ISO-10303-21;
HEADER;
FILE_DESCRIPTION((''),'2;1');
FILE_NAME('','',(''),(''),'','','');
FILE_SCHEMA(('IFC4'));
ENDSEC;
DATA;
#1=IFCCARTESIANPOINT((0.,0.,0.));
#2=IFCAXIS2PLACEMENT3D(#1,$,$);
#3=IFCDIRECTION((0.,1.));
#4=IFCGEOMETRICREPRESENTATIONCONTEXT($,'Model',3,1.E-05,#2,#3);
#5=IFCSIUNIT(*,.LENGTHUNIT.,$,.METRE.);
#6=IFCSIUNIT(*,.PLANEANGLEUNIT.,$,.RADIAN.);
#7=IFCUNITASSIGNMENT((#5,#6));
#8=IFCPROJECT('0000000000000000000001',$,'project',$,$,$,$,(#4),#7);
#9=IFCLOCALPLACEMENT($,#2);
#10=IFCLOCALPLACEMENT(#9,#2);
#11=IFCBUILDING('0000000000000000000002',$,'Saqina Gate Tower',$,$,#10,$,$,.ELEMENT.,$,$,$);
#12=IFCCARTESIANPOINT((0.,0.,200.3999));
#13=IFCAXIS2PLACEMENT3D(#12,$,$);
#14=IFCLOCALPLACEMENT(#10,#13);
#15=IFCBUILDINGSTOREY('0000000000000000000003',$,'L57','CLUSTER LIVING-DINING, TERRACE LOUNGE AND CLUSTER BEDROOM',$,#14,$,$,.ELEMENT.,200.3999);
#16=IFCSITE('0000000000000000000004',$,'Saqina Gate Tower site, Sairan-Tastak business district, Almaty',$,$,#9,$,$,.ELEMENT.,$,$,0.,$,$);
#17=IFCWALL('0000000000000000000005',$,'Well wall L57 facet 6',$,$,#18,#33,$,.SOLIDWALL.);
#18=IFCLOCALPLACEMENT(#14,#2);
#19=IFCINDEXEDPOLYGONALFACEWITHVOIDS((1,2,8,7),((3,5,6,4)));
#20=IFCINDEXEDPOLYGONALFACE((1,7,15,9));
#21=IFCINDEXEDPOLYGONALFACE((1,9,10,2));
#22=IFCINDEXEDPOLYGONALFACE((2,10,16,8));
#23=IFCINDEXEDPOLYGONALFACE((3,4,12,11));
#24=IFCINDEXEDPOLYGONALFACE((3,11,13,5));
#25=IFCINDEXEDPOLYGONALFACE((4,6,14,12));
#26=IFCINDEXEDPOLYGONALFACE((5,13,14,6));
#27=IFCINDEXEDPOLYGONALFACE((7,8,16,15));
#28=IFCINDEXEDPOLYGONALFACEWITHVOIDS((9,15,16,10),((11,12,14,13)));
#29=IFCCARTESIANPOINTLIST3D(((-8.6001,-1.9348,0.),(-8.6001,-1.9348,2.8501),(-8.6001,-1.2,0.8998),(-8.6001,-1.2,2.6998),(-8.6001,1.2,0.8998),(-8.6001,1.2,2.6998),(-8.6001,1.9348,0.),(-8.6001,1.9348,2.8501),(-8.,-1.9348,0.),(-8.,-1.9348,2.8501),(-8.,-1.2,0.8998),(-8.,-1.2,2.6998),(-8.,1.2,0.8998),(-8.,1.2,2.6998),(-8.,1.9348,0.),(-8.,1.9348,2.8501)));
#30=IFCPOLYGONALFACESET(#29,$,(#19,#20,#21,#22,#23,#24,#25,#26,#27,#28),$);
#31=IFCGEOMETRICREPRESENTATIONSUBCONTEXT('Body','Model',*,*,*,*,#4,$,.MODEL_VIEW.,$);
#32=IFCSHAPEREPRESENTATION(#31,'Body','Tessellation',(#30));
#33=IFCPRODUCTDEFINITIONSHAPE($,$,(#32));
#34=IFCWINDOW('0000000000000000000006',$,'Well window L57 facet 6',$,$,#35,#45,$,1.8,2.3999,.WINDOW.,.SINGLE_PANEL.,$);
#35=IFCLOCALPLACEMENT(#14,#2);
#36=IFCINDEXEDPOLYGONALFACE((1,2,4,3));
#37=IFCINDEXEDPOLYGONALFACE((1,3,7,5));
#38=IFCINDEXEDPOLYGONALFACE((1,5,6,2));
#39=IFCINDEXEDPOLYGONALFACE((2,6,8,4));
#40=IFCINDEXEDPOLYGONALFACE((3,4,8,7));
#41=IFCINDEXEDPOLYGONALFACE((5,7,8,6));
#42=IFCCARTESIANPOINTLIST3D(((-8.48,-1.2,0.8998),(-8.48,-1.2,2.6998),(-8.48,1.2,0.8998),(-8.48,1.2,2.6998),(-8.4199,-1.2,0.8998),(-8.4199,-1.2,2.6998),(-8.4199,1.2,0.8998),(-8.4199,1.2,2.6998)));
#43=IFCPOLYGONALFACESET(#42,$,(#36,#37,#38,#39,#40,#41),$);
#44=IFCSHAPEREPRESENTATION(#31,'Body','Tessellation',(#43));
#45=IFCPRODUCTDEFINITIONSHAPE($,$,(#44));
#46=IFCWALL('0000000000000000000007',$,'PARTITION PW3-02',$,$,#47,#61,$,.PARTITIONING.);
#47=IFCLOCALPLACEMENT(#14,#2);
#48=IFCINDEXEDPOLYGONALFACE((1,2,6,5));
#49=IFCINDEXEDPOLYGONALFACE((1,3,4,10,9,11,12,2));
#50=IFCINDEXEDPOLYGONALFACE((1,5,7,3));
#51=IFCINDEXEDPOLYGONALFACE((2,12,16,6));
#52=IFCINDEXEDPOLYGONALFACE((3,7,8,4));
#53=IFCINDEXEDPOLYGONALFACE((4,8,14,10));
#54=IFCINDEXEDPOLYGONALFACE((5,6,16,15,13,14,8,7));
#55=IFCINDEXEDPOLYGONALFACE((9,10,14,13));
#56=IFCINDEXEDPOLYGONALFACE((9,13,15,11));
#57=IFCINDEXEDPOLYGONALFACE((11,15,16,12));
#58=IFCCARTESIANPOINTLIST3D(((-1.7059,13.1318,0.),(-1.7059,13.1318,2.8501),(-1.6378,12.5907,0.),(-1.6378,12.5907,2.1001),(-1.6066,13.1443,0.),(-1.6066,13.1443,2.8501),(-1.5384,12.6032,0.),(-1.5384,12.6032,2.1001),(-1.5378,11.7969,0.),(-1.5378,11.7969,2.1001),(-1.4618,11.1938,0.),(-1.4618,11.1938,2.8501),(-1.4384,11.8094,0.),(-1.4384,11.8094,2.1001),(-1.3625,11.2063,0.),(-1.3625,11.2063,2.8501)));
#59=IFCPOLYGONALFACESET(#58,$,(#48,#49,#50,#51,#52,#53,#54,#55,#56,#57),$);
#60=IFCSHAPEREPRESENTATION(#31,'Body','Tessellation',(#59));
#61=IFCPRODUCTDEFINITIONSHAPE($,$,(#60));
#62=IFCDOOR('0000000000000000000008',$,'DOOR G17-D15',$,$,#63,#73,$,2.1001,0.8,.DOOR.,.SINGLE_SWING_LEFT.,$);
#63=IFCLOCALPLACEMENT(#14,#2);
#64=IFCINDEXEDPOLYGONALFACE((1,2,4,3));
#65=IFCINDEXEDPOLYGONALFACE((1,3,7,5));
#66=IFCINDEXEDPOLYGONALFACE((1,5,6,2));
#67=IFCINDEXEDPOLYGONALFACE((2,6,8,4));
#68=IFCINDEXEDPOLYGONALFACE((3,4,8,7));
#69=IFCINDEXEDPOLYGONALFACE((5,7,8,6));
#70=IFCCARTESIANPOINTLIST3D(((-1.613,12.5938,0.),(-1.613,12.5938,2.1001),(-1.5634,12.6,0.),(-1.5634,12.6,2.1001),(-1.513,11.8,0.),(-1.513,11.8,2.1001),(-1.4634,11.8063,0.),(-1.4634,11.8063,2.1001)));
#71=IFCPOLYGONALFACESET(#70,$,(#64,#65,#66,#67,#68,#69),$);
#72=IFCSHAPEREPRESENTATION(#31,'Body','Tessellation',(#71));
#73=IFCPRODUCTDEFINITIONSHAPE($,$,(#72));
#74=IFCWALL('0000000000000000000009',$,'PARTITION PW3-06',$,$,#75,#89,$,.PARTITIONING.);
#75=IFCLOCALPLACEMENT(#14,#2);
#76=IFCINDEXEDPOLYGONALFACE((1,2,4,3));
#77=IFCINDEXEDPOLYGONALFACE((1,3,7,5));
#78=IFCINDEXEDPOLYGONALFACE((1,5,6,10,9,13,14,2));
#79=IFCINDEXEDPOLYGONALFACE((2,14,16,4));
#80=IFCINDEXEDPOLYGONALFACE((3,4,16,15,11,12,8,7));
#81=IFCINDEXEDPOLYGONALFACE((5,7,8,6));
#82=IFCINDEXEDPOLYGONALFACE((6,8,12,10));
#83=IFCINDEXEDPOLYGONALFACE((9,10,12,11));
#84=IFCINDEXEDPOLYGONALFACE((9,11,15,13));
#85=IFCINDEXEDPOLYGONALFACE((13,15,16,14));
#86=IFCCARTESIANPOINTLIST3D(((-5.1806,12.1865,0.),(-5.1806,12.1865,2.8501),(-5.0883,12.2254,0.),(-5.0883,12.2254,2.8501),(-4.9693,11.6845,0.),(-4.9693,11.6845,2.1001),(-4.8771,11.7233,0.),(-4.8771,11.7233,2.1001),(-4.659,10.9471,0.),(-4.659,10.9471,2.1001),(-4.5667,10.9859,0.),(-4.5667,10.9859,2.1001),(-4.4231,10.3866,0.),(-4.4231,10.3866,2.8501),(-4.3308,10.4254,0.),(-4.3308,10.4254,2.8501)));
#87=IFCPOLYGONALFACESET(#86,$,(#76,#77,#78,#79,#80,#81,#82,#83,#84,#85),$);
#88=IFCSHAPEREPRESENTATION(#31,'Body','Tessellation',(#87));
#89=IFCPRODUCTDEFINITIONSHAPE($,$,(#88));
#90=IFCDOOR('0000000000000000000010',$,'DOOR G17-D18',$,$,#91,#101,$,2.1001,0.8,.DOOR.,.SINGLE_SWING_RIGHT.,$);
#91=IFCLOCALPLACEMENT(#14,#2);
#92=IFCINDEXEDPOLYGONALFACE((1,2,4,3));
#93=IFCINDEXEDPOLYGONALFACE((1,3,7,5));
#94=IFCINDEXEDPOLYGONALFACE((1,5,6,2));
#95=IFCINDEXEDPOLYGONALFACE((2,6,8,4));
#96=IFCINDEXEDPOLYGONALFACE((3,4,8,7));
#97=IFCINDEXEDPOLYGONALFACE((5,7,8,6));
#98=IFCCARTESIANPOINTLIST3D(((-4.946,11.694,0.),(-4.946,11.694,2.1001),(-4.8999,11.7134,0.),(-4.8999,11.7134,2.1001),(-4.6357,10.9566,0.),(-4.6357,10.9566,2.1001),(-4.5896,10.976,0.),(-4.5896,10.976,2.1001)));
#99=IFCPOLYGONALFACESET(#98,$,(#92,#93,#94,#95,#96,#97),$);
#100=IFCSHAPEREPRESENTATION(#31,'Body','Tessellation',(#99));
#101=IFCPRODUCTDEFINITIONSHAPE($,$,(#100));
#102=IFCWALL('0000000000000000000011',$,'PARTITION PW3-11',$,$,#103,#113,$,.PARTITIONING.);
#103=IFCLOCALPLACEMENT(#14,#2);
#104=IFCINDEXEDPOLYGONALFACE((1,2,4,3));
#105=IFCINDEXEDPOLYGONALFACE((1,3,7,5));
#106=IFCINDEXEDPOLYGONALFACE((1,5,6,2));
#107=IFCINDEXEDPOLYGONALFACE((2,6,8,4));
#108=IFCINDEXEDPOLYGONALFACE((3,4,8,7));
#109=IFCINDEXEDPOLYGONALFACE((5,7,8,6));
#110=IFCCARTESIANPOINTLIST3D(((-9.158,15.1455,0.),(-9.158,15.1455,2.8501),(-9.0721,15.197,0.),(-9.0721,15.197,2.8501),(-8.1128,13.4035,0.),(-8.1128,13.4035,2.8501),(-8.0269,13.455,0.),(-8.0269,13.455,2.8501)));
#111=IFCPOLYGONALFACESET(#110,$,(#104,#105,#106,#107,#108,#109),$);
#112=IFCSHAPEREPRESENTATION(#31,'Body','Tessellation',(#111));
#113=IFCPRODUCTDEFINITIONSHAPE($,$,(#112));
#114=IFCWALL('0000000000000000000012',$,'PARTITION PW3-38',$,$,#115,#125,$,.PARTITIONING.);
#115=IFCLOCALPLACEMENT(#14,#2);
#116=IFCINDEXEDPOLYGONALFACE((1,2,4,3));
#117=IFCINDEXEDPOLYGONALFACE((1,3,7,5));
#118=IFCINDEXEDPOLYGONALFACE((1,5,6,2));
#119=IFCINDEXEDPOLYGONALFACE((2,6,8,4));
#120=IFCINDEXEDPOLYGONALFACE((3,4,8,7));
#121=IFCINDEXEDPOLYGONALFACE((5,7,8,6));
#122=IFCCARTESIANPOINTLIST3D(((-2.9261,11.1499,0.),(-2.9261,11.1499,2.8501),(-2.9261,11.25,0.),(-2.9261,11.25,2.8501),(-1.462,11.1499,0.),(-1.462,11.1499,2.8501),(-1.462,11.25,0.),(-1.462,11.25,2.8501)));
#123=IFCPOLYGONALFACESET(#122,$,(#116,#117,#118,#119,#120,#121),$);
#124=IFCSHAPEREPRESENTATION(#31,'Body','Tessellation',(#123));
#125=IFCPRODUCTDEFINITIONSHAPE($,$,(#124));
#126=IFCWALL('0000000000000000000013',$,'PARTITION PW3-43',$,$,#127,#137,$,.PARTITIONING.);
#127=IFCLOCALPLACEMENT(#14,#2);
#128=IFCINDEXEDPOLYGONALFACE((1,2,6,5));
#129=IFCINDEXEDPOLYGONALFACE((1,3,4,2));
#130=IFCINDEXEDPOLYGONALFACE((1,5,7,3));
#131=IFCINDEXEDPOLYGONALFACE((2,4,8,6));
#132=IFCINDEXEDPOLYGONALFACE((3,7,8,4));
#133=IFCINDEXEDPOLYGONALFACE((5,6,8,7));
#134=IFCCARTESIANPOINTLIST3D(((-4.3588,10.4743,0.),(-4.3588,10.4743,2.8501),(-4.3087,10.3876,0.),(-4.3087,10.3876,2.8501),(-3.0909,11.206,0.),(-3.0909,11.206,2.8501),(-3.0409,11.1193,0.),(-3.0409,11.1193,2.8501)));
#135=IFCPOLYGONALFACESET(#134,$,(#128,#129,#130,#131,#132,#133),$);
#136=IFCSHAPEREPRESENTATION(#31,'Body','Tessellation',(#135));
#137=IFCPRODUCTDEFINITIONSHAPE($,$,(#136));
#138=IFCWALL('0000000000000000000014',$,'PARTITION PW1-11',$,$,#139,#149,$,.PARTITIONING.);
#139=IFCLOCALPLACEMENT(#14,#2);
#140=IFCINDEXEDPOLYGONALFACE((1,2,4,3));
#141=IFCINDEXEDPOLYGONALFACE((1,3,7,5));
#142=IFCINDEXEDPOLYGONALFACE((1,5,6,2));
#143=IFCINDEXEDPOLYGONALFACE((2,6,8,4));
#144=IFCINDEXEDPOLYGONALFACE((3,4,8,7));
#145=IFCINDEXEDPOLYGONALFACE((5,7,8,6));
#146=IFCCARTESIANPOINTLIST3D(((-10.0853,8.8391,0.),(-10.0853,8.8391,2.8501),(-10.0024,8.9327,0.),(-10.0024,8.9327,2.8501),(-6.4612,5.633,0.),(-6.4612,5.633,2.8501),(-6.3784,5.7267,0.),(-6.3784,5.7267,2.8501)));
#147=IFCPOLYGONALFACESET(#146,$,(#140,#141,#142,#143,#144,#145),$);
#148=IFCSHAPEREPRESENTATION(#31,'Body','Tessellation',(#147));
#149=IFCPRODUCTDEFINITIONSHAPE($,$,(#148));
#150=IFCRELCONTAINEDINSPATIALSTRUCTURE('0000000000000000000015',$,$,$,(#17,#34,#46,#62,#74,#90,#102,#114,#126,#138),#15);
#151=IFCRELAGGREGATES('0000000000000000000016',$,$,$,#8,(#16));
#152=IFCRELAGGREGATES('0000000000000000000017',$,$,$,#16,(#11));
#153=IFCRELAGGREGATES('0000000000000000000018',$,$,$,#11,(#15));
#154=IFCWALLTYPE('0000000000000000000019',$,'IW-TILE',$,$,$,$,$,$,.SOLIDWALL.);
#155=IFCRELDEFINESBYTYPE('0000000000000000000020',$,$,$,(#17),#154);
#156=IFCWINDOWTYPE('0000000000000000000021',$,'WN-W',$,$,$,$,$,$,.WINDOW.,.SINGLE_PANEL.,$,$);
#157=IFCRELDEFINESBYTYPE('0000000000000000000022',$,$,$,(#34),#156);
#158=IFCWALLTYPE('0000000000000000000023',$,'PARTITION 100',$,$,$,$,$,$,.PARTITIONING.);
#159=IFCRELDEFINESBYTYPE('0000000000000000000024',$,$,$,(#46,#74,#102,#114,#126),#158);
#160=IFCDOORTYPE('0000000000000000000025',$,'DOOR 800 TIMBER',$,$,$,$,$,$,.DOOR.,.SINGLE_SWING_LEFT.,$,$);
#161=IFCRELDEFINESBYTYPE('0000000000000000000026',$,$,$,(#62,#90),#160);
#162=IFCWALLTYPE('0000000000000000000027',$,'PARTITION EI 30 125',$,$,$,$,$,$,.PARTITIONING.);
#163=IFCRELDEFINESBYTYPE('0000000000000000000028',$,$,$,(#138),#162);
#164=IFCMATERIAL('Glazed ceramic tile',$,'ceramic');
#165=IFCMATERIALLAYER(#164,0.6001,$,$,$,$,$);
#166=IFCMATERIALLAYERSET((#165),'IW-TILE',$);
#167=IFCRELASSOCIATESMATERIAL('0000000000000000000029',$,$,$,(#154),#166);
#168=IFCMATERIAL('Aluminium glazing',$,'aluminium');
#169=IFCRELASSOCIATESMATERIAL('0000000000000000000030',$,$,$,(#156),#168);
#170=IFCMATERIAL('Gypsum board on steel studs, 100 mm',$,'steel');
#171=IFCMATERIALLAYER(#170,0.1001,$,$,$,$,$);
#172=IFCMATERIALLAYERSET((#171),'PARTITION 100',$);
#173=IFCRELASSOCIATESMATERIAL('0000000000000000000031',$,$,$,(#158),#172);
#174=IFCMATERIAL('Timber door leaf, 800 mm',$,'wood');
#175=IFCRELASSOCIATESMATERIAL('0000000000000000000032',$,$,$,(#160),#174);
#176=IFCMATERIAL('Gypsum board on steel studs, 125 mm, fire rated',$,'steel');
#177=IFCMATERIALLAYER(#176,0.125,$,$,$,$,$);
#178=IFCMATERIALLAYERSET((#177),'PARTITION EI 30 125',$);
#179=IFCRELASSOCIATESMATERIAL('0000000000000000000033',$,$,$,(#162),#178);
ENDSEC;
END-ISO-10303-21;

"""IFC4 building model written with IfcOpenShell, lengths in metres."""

from ifc_helpers import new_model, si_unit, direction, frame, frame_2d, origin, place, context, subcontext, project, spatial, rectangle, extrude, material, layer, layer_set, type_object, element, fill, save


model = new_model("IFC4")

# Units and contexts
model_context = context("Model", 3, precision=1e-05, world=origin(), true_north=direction((0.0, 1.0)))
body_context = subcontext(model_context, "Body", "Model", "MODEL_VIEW")
ifc_project = project(units=[si_unit("LENGTHUNIT", "METRE"), si_unit("PLANEANGLEUNIT", "RADIAN")], contexts=[model_context])

# Site, building, storey
site_placement = place(None, origin())
site = spatial("IfcSite", under=ifc_project, at=site_placement, Name="Saqina Gate Tower site, Sairan-Tastak business district, Almaty", CompositionType="ELEMENT", RefElevation=0.0)
building_placement = place(site_placement, origin())
building = spatial("IfcBuilding", under=site, at=building_placement, Name="Saqina Gate Tower", CompositionType="ELEMENT")
storey_placement = place(building_placement, frame((0.0, 0.0, 200.3999)))
storey = spatial("IfcBuildingStorey", under=building, at=storey_placement, Name="L57", Description="CLUSTER LIVING-DINING, TERRACE LOUNGE AND CLUSTER BEDROOM", CompositionType="ELEMENT", Elevation=200.3999)

# Wall, opening, window
ifc_material_1 = material(Name="Glazed ceramic tile", Category="ceramic")
ifc_layer_1 = layer(ifc_material_1, 0.6001)
ifc_layer_set_1 = layer_set([ifc_layer_1], Name="IW-TILE")
wall_type_1 = type_object("IfcWallType", Name="IW-TILE", PredefinedType="SOLIDWALL", material=ifc_layer_set_1)
ifc_material_2 = material(Name="Aluminium glazing", Category="aluminium")
window_type = type_object("IfcWindowType", Name="WN-W", PartitioningType="SINGLE_PANEL", PredefinedType="WINDOW", material=ifc_material_2)
wall_1_placement = place(storey_placement, frame((-8.3, 1.9348, 0.0), z_axis=(0.0, 0.0, 1.0), x_axis=(0.0, -1.0, 0.0)))
wall_1 = element("IfcWall", 1, at=wall_1_placement, inside=storey, type_object=wall_type_1, Name="Well wall L57 facet 6", PredefinedType="SOLIDWALL", context=body_context, shape_type="SweptSolid", body=[
    extrude(rectangle(XDim=3.8696, YDim=0.6001, at=frame_2d((1.9348, 0.0))), origin(), (0.0, 0.0, 1.0), 2.8501),
])
opening_1_placement = place(wall_1_placement, frame((0.7349, 0.0, 0.8999)))
opening_1 = element("IfcOpeningElement", 2, at=opening_1_placement, cuts=wall_1, PredefinedType="OPENING", context=body_context, shape_type="SweptSolid", body=[
    extrude(rectangle(XDim=2.3999, YDim=1.8, at=frame_2d((1.2, 0.8999))), frame((0.0, 0.312, 0.0), z_axis=(0.0, -1.0, 0.0), x_axis=(1.0, 0.0, 0.0)), (0.0, 0.0, 1.0), 0.624),
])
window_1_placement = place(opening_1_placement, origin())
window_1 = element("IfcWindow", 3, at=window_1_placement, inside=storey, type_object=window_type, Name="Well window L57 facet 6", OverallHeight=1.8, OverallWidth=2.3999, PartitioningType="SINGLE_PANEL", PredefinedType="WINDOW", context=body_context, shape_type="SweptSolid", body=[
    extrude(rectangle(XDim=2.3999, YDim=1.8, at=frame_2d((1.2, 0.8999))), frame((0.0, -0.1199, 0.0), z_axis=(0.0, -1.0, 0.0), x_axis=(1.0, 0.0, 0.0)), (0.0, 0.0, 1.0), 0.0601),
])
fill(opening_1, window_1)

# Walls, openings, doors
ifc_material_3 = material(Name="Gypsum board on steel studs, 100 mm", Category="steel")
ifc_layer_2 = layer(ifc_material_3, 0.1001)
ifc_layer_set_2 = layer_set([ifc_layer_2], Name="PARTITION 100")
wall_type_2 = type_object("IfcWallType", Name="PARTITION 100", PredefinedType="PARTITIONING", material=ifc_layer_set_2)
wall_2_placement = place(storey_placement, frame((-1.6562, 13.1379, 0.0), z_axis=(0.0, 0.0, 1.0), x_axis=(0.124988, -0.992158, 0.0)))
wall_2 = element("IfcWall", 4, at=wall_2_placement, inside=storey, type_object=wall_type_2, Name="PARTITION PW3-02", PredefinedType="PARTITIONING", context=body_context, shape_type="SweptSolid", body=[
    extrude(rectangle(XDim=1.9534, YDim=0.1001, at=frame_2d((0.9766, 0.0))), origin(), (0.0, 0.0, 1.0), 2.8501),
])
opening_2_placement = place(wall_2_placement, frame((0.5454, 0.0, 0.0)))
opening_2 = element("IfcOpeningElement", 5, at=opening_2_placement, cuts=wall_2, PredefinedType="OPENING", context=body_context, shape_type="SweptSolid", body=[
    extrude(rectangle(XDim=0.8, YDim=2.1001, at=frame_2d((0.3999, 1.05))), frame((0.0, 0.062, 0.0), z_axis=(0.0, -1.0, 0.0), x_axis=(1.0, 0.0, 0.0)), (0.0, 0.0, 1.0), 0.124),
])
ifc_material_4 = material(Name="Timber door leaf, 800 mm", Category="wood")
door_type_1 = type_object("IfcDoorType", Name="DOOR 800 TIMBER", OperationType="SINGLE_SWING_LEFT", PredefinedType="DOOR", material=ifc_material_4)
door_1_placement = place(opening_2_placement, origin())
door_1 = element("IfcDoor", 6, at=door_1_placement, inside=storey, type_object=door_type_1, Name="DOOR G17-D15", OperationType="SINGLE_SWING_LEFT", OverallHeight=2.1001, OverallWidth=0.8, PredefinedType="DOOR", context=body_context, shape_type="SweptSolid", body=[
    extrude(rectangle(XDim=0.8, YDim=2.1001, at=frame_2d((0.3999, 1.05))), frame((0.0, 0.0249, 0.0), z_axis=(0.0, -1.0, 0.0), x_axis=(1.0, 0.0, 0.0)), (0.0, 0.0, 1.0), 0.05),
])
fill(opening_2, door_1)
wall_3_placement = place(storey_placement, frame((-5.1345, 12.2061, 0.0), z_axis=(0.0, 0.0, 1.0), x_axis=(0.387906, -0.921699, 0.0)))
wall_3 = element("IfcWall", 7, at=wall_3_placement, inside=storey, type_object=wall_type_2, Name="PARTITION PW3-06", PredefinedType="PARTITIONING", context=body_context, shape_type="SweptSolid", body=[
    extrude(rectangle(XDim=1.9529, YDim=0.1001, at=frame_2d((0.9766, 0.0))), origin(), (0.0, 0.0, 1.0), 2.8501),
])
opening_3_placement = place(wall_3_placement, frame((0.5449, 0.0, 0.0)))
opening_3 = element("IfcOpeningElement", 8, at=opening_3_placement, cuts=wall_3, PredefinedType="OPENING", context=body_context, shape_type="SweptSolid", body=[
    extrude(rectangle(XDim=0.8, YDim=2.1001, at=frame_2d((0.3999, 1.05))), frame((0.0, 0.062, 0.0), z_axis=(0.0, -1.0, 0.0), x_axis=(1.0, 0.0, 0.0)), (0.0, 0.0, 1.0), 0.124),
])
door_2_placement = place(opening_3_placement, frame((0.8, 0.0, 0.0), z_axis=(0.0, 0.0, 1.0), x_axis=(-1.0, 0.0, 0.0)))
door_2 = element("IfcDoor", 9, at=door_2_placement, inside=storey, type_object=door_type_1, Name="DOOR G17-D18", OperationType="SINGLE_SWING_RIGHT", OverallHeight=2.1001, OverallWidth=0.8, PredefinedType="DOOR", context=body_context, shape_type="SweptSolid", body=[
    extrude(rectangle(XDim=0.8, YDim=2.1001, at=frame_2d((0.3999, 1.05))), frame((0.0, 0.0249, 0.0), z_axis=(0.0, -1.0, 0.0), x_axis=(1.0, 0.0, 0.0)), (0.0, 0.0, 1.0), 0.05),
])
fill(opening_3, door_2)

# Walls
wall_4_placement = place(storey_placement, frame((-9.115, 15.1711, 0.0), z_axis=(0.0, 0.0, 1.0), x_axis=(0.514496, -0.857493, 0.0)))
element("IfcWall", 10, at=wall_4_placement, inside=storey, type_object=wall_type_2, Name="PARTITION PW3-11", PredefinedType="PARTITIONING", context=body_context, shape_type="SweptSolid", body=[
    extrude(rectangle(XDim=2.0315, YDim=0.1001, at=frame_2d((1.0156, 0.0))), origin(), (0.0, 0.0, 1.0), 2.8501),
])
wall_5_placement = place(storey_placement, frame((-2.926, 11.2, 0.0), z_axis=(0.0, 0.0, 1.0), x_axis=(1.0, 0.0, 0.0)))
element("IfcWall", 11, at=wall_5_placement, inside=storey, type_object=wall_type_2, Name="PARTITION PW3-38", PredefinedType="PARTITIONING", context=body_context, shape_type="SweptSolid", body=[
    extrude(rectangle(XDim=1.4641, YDim=0.1001, at=frame_2d((0.7319, 0.0))), origin(), (0.0, 0.0, 1.0), 2.8501),
])
wall_6_placement = place(storey_placement, frame((-4.3337, 10.4309, 0.0), z_axis=(0.0, 0.0, 1.0), x_axis=(0.866111, 0.499852, 0.0)))
element("IfcWall", 12, at=wall_6_placement, inside=storey, type_object=wall_type_2, Name="PARTITION PW3-43", PredefinedType="PARTITIONING", context=body_context, shape_type="SweptSolid", body=[
    extrude(rectangle(XDim=1.4639, YDim=0.1001, at=frame_2d((0.7319, 0.0))), origin(), (0.0, 0.0, 1.0), 2.8501),
])
ifc_material_5 = material(Name="Gypsum board on steel studs, 125 mm, fire rated", Category="steel")
ifc_layer_3 = layer(ifc_material_5, 0.125)
ifc_layer_set_3 = layer_set([ifc_layer_3], Name="PARTITION EI 30 125")
wall_type_3 = type_object("IfcWallType", Name="PARTITION EI 30 125", PredefinedType="PARTITIONING", material=ifc_layer_set_3)
wall_7_placement = place(storey_placement, frame((-10.0439, 8.886, 0.0), z_axis=(0.0, 0.0, 1.0), x_axis=(0.748977, -0.662596, 0.0)))
element("IfcWall", 13, at=wall_7_placement, inside=storey, type_object=wall_type_3, Name="PARTITION PW1-11", PredefinedType="PARTITIONING", context=body_context, shape_type="SweptSolid", body=[
    extrude(rectangle(XDim=4.8386, YDim=0.125, at=frame_2d((2.4194, 0.0))), origin(), (0.0, 0.0, 1.0), 2.8501),
])

save(model, "model.ifc")
